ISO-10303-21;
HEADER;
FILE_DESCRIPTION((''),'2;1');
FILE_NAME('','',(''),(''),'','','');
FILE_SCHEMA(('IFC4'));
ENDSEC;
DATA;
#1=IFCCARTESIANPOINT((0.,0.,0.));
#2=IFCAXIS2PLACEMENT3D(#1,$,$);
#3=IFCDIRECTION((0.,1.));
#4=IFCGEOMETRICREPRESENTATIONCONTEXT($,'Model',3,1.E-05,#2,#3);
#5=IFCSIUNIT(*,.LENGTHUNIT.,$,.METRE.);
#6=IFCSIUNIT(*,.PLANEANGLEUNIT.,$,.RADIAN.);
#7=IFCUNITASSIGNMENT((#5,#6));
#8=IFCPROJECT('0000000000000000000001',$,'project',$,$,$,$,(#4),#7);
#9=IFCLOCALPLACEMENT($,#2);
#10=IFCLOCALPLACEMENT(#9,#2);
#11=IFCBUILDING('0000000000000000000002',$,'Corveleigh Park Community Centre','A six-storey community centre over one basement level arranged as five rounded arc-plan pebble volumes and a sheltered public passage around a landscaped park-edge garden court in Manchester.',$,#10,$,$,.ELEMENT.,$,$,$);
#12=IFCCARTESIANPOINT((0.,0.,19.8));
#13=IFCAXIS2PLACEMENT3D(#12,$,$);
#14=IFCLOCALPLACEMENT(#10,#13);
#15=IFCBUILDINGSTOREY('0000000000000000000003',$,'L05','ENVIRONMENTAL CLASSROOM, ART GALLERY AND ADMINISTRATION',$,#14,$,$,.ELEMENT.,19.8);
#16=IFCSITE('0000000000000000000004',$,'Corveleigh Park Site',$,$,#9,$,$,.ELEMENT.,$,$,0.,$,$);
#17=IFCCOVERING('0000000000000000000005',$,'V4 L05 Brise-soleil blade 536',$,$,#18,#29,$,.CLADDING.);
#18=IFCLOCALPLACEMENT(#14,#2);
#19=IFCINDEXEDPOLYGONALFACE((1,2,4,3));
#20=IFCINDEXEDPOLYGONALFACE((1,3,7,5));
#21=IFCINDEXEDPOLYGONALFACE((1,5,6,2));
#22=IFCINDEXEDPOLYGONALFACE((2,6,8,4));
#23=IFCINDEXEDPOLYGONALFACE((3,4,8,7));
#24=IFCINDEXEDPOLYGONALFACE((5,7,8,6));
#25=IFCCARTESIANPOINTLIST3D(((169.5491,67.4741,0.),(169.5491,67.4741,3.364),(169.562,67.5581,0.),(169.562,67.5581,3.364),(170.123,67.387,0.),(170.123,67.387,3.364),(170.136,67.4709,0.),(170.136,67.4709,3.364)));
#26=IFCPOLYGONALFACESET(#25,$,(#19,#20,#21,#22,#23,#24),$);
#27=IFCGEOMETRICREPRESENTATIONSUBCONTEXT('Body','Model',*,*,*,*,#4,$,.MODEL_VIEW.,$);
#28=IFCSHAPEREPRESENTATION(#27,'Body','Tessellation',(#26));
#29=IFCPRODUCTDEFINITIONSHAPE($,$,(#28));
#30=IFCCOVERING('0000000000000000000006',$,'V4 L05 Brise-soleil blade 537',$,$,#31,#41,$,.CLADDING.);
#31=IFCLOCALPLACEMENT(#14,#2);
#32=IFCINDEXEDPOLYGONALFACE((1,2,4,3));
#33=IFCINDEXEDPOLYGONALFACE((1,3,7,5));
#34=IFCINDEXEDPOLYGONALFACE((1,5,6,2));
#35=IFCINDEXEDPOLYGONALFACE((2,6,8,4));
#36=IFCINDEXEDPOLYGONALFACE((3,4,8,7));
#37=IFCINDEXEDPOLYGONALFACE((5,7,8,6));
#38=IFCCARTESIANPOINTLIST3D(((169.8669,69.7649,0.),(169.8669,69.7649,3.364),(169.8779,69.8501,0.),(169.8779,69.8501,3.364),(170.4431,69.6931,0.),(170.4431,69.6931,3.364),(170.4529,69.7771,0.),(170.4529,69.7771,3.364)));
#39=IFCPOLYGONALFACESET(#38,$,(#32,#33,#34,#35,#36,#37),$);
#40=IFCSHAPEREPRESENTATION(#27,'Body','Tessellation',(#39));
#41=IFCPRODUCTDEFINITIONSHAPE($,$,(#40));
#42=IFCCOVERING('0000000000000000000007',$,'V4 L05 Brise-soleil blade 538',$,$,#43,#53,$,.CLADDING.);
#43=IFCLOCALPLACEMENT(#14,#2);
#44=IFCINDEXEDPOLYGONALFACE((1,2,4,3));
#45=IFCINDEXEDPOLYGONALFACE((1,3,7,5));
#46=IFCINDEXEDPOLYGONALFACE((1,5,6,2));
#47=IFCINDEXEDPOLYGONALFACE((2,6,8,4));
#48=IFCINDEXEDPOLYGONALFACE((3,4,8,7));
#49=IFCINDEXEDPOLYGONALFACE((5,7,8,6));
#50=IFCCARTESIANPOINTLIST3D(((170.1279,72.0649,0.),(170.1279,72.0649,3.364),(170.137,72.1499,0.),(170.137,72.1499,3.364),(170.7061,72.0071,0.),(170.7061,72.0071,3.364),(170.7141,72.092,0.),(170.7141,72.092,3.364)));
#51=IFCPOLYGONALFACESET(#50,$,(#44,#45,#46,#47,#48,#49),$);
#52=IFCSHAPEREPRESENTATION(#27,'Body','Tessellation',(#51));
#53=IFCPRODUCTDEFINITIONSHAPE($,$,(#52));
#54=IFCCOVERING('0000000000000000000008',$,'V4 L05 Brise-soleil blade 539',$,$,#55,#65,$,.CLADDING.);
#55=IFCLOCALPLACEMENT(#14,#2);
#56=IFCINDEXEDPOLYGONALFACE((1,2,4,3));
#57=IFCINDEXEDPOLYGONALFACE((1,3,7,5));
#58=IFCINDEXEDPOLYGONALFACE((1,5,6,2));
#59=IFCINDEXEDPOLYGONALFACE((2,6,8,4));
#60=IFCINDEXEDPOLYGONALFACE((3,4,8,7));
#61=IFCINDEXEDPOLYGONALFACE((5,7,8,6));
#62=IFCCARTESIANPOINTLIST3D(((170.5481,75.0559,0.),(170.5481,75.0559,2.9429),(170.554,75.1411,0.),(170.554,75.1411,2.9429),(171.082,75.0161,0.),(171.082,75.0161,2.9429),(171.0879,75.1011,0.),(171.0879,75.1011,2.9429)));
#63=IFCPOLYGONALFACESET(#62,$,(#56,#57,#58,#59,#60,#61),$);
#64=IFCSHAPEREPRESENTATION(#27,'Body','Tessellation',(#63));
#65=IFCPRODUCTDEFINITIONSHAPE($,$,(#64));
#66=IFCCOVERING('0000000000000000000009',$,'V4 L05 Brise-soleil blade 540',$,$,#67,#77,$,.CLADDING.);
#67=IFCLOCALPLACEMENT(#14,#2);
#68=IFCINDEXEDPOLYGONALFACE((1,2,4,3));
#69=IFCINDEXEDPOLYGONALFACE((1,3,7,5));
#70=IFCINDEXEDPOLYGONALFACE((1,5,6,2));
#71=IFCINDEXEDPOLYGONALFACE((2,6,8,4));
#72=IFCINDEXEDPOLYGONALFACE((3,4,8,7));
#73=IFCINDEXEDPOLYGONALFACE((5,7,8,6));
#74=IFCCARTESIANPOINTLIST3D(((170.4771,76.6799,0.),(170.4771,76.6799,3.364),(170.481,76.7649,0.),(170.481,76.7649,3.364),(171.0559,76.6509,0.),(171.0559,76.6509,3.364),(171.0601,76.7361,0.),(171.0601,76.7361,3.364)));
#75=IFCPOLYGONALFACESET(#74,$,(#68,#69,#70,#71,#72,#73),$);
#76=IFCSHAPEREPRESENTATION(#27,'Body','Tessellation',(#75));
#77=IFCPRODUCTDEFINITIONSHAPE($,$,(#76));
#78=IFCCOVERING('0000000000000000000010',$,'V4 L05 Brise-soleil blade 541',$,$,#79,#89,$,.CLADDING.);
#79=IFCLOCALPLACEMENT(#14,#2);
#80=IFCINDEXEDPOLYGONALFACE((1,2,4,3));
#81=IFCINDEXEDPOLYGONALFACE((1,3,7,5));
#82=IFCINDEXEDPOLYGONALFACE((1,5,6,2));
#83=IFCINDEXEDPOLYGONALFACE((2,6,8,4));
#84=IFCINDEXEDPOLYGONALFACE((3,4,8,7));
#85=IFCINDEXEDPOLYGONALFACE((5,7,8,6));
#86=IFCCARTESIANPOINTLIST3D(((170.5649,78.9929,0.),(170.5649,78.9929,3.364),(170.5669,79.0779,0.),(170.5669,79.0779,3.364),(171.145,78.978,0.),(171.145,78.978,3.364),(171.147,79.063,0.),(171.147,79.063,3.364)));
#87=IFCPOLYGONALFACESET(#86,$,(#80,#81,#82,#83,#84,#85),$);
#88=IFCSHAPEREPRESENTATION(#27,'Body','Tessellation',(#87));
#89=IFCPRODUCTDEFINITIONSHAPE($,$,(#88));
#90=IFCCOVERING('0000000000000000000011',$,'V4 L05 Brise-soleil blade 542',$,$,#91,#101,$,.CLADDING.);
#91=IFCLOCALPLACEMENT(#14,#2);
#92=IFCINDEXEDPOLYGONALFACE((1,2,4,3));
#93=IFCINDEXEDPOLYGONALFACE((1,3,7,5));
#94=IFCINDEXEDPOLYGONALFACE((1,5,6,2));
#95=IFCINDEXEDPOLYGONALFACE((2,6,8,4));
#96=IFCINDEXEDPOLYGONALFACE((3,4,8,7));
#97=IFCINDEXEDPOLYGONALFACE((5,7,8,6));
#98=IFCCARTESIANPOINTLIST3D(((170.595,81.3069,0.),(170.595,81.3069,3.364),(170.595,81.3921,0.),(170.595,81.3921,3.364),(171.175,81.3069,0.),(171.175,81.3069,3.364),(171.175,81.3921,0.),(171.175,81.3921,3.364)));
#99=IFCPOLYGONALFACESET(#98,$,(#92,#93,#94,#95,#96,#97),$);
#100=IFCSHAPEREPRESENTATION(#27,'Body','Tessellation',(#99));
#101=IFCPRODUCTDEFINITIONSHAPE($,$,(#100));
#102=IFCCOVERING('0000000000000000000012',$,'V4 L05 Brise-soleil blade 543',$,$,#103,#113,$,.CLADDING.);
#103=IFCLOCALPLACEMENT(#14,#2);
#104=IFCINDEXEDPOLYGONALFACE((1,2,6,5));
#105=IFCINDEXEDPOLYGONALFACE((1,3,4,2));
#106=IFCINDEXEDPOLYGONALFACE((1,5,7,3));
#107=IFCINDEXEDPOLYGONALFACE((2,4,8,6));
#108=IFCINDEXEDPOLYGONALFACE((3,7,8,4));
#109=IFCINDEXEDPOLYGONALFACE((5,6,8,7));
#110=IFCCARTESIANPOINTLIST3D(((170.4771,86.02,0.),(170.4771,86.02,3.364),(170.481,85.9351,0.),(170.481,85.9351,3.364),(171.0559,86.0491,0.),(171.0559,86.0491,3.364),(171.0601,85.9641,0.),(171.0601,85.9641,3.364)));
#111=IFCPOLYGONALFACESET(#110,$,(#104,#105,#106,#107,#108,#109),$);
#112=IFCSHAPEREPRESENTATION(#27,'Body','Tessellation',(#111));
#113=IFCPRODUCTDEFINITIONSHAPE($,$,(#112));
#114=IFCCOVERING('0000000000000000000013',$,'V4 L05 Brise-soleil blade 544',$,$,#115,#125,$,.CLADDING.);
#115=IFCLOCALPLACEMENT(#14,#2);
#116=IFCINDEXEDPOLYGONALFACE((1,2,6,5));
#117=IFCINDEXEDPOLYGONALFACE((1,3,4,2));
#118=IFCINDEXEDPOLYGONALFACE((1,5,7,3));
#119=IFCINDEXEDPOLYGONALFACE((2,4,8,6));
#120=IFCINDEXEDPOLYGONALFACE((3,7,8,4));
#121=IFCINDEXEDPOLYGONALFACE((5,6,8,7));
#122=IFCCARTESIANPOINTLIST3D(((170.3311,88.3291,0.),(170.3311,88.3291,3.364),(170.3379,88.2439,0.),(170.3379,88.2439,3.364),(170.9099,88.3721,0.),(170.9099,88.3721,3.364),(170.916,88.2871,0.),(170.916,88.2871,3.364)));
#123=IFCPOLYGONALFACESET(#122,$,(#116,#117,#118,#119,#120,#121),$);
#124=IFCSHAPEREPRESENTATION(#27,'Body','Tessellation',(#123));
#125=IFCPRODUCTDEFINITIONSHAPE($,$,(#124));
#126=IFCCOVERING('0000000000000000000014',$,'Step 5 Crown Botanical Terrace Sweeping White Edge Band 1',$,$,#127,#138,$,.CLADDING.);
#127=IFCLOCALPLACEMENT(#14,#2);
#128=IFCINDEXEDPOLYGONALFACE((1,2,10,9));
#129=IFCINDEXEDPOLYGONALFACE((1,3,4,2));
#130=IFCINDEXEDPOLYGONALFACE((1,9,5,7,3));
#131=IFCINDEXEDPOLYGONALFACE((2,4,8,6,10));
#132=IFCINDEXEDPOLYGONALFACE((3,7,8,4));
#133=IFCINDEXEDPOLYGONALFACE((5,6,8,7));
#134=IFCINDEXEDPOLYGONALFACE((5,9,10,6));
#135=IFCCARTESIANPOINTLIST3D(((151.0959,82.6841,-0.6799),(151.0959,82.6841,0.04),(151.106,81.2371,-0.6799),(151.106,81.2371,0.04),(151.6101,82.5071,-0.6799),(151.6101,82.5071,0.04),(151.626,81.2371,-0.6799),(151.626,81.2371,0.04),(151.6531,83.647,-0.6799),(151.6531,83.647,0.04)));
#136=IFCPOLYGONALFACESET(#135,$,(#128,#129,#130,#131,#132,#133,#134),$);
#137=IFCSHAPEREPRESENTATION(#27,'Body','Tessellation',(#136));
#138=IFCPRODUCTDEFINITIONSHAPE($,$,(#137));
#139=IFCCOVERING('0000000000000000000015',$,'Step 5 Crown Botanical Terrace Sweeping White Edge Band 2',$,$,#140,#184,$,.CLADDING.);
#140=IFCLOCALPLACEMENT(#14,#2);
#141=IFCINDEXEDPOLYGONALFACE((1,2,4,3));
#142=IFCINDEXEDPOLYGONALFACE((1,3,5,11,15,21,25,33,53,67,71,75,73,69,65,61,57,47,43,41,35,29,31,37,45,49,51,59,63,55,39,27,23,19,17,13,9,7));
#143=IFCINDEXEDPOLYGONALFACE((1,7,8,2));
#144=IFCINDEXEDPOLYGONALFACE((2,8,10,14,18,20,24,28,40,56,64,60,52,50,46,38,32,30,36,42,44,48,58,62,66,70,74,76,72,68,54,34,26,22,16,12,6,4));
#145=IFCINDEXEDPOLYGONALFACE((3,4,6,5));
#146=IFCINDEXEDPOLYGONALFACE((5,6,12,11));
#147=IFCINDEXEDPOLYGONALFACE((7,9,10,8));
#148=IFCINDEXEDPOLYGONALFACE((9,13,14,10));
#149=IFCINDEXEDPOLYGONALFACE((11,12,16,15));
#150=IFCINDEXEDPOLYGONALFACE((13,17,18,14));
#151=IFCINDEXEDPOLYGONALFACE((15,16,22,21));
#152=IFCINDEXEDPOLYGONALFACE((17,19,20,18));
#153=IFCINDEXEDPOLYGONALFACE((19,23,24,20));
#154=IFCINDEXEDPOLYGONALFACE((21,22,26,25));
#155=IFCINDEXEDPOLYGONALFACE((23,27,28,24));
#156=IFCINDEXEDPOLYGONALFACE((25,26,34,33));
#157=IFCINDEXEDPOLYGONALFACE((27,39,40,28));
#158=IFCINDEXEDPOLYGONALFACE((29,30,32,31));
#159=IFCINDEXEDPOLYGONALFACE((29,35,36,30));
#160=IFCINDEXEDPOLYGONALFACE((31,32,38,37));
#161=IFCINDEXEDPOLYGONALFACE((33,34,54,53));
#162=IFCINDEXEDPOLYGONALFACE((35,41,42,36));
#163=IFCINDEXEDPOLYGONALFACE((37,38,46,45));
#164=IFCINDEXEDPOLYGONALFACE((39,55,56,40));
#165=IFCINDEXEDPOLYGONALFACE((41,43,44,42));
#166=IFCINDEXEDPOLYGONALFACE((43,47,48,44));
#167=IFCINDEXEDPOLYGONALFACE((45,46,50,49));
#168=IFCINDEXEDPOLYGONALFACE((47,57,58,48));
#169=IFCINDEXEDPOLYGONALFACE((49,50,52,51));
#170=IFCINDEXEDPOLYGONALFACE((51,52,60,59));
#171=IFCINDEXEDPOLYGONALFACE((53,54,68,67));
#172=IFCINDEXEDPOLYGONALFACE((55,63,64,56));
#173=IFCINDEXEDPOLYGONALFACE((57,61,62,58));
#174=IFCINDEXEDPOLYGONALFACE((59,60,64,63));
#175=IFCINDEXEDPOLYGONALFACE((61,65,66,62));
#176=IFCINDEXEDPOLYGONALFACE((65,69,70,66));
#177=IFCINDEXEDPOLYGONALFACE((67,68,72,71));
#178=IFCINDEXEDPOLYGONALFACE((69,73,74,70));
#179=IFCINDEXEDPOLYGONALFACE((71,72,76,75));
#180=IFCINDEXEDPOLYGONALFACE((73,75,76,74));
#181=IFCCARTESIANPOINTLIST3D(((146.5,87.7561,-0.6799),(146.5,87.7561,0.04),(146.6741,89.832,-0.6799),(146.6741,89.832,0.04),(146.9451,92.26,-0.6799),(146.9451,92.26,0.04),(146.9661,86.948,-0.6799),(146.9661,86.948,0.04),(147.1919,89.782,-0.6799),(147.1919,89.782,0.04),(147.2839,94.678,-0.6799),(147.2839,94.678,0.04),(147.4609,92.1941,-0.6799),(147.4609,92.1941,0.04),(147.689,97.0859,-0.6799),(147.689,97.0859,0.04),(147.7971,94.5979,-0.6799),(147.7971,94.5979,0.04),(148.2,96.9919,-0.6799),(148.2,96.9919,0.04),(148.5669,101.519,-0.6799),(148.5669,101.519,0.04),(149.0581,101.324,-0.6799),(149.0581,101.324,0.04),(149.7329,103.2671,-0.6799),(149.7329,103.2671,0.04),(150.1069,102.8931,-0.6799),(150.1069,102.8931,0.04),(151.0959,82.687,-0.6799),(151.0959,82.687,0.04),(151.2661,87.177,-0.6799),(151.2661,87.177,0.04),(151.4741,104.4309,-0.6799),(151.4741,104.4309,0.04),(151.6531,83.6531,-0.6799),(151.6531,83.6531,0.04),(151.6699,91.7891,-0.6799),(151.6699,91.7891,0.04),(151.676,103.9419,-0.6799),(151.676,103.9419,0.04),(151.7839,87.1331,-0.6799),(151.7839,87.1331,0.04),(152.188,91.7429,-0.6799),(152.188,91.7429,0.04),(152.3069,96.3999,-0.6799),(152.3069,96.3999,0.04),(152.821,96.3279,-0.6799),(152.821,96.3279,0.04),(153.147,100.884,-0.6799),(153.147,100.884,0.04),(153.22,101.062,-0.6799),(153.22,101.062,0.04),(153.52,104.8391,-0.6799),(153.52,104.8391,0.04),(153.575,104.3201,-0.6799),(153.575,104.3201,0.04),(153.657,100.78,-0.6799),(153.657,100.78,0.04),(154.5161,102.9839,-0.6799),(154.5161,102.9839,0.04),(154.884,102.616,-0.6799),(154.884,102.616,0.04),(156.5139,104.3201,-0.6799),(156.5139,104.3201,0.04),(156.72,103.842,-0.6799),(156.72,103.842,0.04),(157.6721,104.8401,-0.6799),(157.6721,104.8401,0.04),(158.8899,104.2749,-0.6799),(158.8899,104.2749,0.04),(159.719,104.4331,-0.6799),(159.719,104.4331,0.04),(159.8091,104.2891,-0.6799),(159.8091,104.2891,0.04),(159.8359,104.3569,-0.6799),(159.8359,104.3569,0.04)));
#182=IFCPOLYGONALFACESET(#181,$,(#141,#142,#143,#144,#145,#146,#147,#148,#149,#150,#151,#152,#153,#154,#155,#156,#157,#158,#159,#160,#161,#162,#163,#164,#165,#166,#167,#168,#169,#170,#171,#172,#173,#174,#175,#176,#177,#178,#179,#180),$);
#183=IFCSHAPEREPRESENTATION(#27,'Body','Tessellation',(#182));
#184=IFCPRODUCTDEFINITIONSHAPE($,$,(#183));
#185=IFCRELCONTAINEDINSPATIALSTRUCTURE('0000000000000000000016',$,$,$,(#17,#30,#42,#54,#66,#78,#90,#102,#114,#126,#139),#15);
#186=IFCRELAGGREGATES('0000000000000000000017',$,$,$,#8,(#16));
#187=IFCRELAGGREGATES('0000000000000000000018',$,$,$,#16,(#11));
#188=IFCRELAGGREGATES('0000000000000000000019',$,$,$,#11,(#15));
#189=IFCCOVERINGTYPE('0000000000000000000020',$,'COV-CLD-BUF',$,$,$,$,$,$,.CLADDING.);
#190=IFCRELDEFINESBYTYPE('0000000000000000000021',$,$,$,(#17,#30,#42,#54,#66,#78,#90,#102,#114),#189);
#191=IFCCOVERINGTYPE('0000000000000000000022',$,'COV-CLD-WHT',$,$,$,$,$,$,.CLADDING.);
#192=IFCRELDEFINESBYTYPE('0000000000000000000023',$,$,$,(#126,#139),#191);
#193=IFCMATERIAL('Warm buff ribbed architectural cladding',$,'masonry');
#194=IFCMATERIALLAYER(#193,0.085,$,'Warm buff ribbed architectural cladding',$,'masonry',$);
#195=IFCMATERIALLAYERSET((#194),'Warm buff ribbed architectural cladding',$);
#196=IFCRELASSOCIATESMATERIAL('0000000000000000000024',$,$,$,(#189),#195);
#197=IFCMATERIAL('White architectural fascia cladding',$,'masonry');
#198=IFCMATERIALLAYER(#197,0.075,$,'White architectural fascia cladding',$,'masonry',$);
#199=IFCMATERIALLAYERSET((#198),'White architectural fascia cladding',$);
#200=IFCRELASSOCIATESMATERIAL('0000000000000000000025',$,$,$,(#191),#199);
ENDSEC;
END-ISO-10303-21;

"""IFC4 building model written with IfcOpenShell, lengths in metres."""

from ifc_helpers import new_model, si_unit, direction, frame, origin, place, context, subcontext, project, spatial, polyline, outline, extrude, material, layer, layer_set, type_object, element, save


model = new_model("IFC4")

# Units and contexts
model_context = context("Model", 3, precision=1e-05, world=origin(), true_north=direction((0.0, 1.0)))
body_context = subcontext(model_context, "Body", "Model", "MODEL_VIEW")
ifc_project = project(units=[si_unit("LENGTHUNIT", "METRE"), si_unit("PLANEANGLEUNIT", "RADIAN")], contexts=[model_context])

# Site, building, storey
site_placement = place(None, origin())
site = spatial("IfcSite", under=ifc_project, at=site_placement, Name="Corveleigh Park Site", CompositionType="ELEMENT", RefElevation=0.0)
building_placement = place(site_placement, origin())
building = spatial("IfcBuilding", under=site, at=building_placement, Name="Corveleigh Park Community Centre", Description="A six-storey community centre over one basement level arranged as five rounded arc-plan pebble volumes and a sheltered public passage around a landscaped park-edge garden court in Manchester.", CompositionType="ELEMENT")
storey_placement = place(building_placement, frame((0.0, 0.0, 19.8)))
storey = spatial("IfcBuildingStorey", under=building, at=storey_placement, Name="L05", Description="ENVIRONMENTAL CLASSROOM, ART GALLERY AND ADMINISTRATION", CompositionType="ELEMENT", Elevation=19.8)

# Coverings
ifc_material_1 = material(Name="Warm buff ribbed architectural cladding", Category="masonry")
ifc_layer_1 = layer(ifc_material_1, 0.085, Name="Warm buff ribbed architectural cladding", Category="masonry")
ifc_layer_set_1 = layer_set([ifc_layer_1], Name="Warm buff ribbed architectural cladding")
covering_type_1 = type_object("IfcCoveringType", Name="COV-CLD-BUF", PredefinedType="CLADDING", material=ifc_layer_set_1)
covering_1_placement = place(storey_placement, origin())
element("IfcCovering", 1, at=covering_1_placement, inside=storey, type_object=covering_type_1, Name="V4 L05 Brise-soleil blade 536", PredefinedType="CLADDING", context=body_context, shape_type="SweptSolid", body=[
    extrude(outline(polyline([(169.562, 67.5581), (169.5491, 67.4741), (170.123, 67.387), (170.136, 67.4709), (169.562, 67.5581)])), origin(), (0.0, 0.0, 1.0), 3.364),
])
covering_2_placement = place(storey_placement, origin())
element("IfcCovering", 2, at=covering_2_placement, inside=storey, type_object=covering_type_1, Name="V4 L05 Brise-soleil blade 537", PredefinedType="CLADDING", context=body_context, shape_type="SweptSolid", body=[
    extrude(outline(polyline([(169.8779, 69.8501), (169.8669, 69.7649), (170.4431, 69.6931), (170.4529, 69.7771), (169.8779, 69.8501)])), origin(), (0.0, 0.0, 1.0), 3.364),
])
covering_3_placement = place(storey_placement, origin())
element("IfcCovering", 3, at=covering_3_placement, inside=storey, type_object=covering_type_1, Name="V4 L05 Brise-soleil blade 538", PredefinedType="CLADDING", context=body_context, shape_type="SweptSolid", body=[
    extrude(outline(polyline([(170.137, 72.1499), (170.1279, 72.0649), (170.7061, 72.0071), (170.7141, 72.092), (170.137, 72.1499)])), origin(), (0.0, 0.0, 1.0), 3.364),
])
covering_4_placement = place(storey_placement, origin())
element("IfcCovering", 4, at=covering_4_placement, inside=storey, type_object=covering_type_1, Name="V4 L05 Brise-soleil blade 539", PredefinedType="CLADDING", context=body_context, shape_type="SweptSolid", body=[
    extrude(outline(polyline([(170.554, 75.1411), (170.5481, 75.0559), (171.082, 75.0161), (171.0879, 75.1011), (170.554, 75.1411)])), origin(), (0.0, 0.0, 1.0), 2.9429),
])
covering_5_placement = place(storey_placement, origin())
element("IfcCovering", 5, at=covering_5_placement, inside=storey, type_object=covering_type_1, Name="V4 L05 Brise-soleil blade 540", PredefinedType="CLADDING", context=body_context, shape_type="SweptSolid", body=[
    extrude(outline(polyline([(170.481, 76.7649), (170.4771, 76.6799), (171.0559, 76.6509), (171.0601, 76.7361), (170.481, 76.7649)])), origin(), (0.0, 0.0, 1.0), 3.364),
])
covering_6_placement = place(storey_placement, origin())
element("IfcCovering", 6, at=covering_6_placement, inside=storey, type_object=covering_type_1, Name="V4 L05 Brise-soleil blade 541", PredefinedType="CLADDING", context=body_context, shape_type="SweptSolid", body=[
    extrude(outline(polyline([(170.5669, 79.0779), (170.5649, 78.9929), (171.145, 78.978), (171.147, 79.063), (170.5669, 79.0779)])), origin(), (0.0, 0.0, 1.0), 3.364),
])
covering_7_placement = place(storey_placement, origin())
element("IfcCovering", 7, at=covering_7_placement, inside=storey, type_object=covering_type_1, Name="V4 L05 Brise-soleil blade 542", PredefinedType="CLADDING", context=body_context, shape_type="SweptSolid", body=[
    extrude(outline(polyline([(170.595, 81.3921), (170.595, 81.3069), (171.175, 81.3069), (171.175, 81.3921), (170.595, 81.3921)])), origin(), (0.0, 0.0, 1.0), 3.364),
])
covering_8_placement = place(storey_placement, origin())
element("IfcCovering", 8, at=covering_8_placement, inside=storey, type_object=covering_type_1, Name="V4 L05 Brise-soleil blade 543", PredefinedType="CLADDING", context=body_context, shape_type="SweptSolid", body=[
    extrude(outline(polyline([(170.4771, 86.02), (170.481, 85.9351), (171.0601, 85.9641), (171.0559, 86.0491), (170.4771, 86.02)])), origin(), (0.0, 0.0, 1.0), 3.364),
])
covering_9_placement = place(storey_placement, origin())
element("IfcCovering", 9, at=covering_9_placement, inside=storey, type_object=covering_type_1, Name="V4 L05 Brise-soleil blade 544", PredefinedType="CLADDING", context=body_context, shape_type="SweptSolid", body=[
    extrude(outline(polyline([(170.3311, 88.3291), (170.3379, 88.2439), (170.916, 88.2871), (170.9099, 88.3721), (170.3311, 88.3291)])), origin(), (0.0, 0.0, 1.0), 3.364),
])
ifc_material_2 = material(Name="White architectural fascia cladding", Category="masonry")
ifc_layer_2 = layer(ifc_material_2, 0.075, Name="White architectural fascia cladding", Category="masonry")
ifc_layer_set_2 = layer_set([ifc_layer_2], Name="White architectural fascia cladding")
covering_type_2 = type_object("IfcCoveringType", Name="COV-CLD-WHT", PredefinedType="CLADDING", material=ifc_layer_set_2)
covering_10_placement = place(storey_placement, frame((0.0, 0.0, -0.6799)))
element("IfcCovering", 10, at=covering_10_placement, inside=storey, type_object=covering_type_2, Name="Step 5 Crown Botanical Terrace Sweeping White Edge Band 1", PredefinedType="CLADDING", context=body_context, shape_type="SweptSolid", body=[
    extrude(outline(polyline([(151.6101, 82.5071), (151.626, 81.2371), (151.106, 81.2371), (151.0959, 82.6841), (151.6531, 83.647), (151.6101, 82.5071)])), origin(), (0.0, 0.0, 1.0), 0.72),
])
covering_11_placement = place(storey_placement, frame((0.0, 0.0, -0.6799)))
element("IfcCovering", 11, at=covering_11_placement, inside=storey, type_object=covering_type_2, Name="Step 5 Crown Botanical Terrace Sweeping White Edge Band 2", PredefinedType="CLADDING", context=body_context, shape_type="SweptSolid", body=[
    extrude(outline(polyline([(146.6741, 89.832), (146.9451, 92.26), (147.2839, 94.678), (147.689, 97.0859), (148.5669, 101.519), (149.7329, 103.2671), (151.4741, 104.4309), (153.52, 104.8391), (157.6721, 104.8401), (159.719, 104.4331), (159.8359, 104.3569), (159.8091, 104.2891), (158.8899, 104.2749), (156.72, 103.842), (154.884, 102.616), (153.657, 100.78), (152.821, 96.3279), (152.188, 91.7429), (151.7839, 87.1331), (151.6531, 83.6531), (151.0959, 82.687), (151.2661, 87.177), (151.6699, 91.7891), (152.3069, 96.3999), (153.147, 100.884), (153.22, 101.062), (154.5161, 102.9839), (156.5139, 104.3201), (153.575, 104.3201), (151.676, 103.9419), (150.1069, 102.8931), (149.0581, 101.324), (148.2, 96.9919), (147.7971, 94.5979), (147.4609, 92.1941), (147.1919, 89.782), (146.9661, 86.948), (146.5, 87.7561), (146.6741, 89.832)])), origin(), (0.0, 0.0, 1.0), 0.72),
])

save(model, "model.ifc")
